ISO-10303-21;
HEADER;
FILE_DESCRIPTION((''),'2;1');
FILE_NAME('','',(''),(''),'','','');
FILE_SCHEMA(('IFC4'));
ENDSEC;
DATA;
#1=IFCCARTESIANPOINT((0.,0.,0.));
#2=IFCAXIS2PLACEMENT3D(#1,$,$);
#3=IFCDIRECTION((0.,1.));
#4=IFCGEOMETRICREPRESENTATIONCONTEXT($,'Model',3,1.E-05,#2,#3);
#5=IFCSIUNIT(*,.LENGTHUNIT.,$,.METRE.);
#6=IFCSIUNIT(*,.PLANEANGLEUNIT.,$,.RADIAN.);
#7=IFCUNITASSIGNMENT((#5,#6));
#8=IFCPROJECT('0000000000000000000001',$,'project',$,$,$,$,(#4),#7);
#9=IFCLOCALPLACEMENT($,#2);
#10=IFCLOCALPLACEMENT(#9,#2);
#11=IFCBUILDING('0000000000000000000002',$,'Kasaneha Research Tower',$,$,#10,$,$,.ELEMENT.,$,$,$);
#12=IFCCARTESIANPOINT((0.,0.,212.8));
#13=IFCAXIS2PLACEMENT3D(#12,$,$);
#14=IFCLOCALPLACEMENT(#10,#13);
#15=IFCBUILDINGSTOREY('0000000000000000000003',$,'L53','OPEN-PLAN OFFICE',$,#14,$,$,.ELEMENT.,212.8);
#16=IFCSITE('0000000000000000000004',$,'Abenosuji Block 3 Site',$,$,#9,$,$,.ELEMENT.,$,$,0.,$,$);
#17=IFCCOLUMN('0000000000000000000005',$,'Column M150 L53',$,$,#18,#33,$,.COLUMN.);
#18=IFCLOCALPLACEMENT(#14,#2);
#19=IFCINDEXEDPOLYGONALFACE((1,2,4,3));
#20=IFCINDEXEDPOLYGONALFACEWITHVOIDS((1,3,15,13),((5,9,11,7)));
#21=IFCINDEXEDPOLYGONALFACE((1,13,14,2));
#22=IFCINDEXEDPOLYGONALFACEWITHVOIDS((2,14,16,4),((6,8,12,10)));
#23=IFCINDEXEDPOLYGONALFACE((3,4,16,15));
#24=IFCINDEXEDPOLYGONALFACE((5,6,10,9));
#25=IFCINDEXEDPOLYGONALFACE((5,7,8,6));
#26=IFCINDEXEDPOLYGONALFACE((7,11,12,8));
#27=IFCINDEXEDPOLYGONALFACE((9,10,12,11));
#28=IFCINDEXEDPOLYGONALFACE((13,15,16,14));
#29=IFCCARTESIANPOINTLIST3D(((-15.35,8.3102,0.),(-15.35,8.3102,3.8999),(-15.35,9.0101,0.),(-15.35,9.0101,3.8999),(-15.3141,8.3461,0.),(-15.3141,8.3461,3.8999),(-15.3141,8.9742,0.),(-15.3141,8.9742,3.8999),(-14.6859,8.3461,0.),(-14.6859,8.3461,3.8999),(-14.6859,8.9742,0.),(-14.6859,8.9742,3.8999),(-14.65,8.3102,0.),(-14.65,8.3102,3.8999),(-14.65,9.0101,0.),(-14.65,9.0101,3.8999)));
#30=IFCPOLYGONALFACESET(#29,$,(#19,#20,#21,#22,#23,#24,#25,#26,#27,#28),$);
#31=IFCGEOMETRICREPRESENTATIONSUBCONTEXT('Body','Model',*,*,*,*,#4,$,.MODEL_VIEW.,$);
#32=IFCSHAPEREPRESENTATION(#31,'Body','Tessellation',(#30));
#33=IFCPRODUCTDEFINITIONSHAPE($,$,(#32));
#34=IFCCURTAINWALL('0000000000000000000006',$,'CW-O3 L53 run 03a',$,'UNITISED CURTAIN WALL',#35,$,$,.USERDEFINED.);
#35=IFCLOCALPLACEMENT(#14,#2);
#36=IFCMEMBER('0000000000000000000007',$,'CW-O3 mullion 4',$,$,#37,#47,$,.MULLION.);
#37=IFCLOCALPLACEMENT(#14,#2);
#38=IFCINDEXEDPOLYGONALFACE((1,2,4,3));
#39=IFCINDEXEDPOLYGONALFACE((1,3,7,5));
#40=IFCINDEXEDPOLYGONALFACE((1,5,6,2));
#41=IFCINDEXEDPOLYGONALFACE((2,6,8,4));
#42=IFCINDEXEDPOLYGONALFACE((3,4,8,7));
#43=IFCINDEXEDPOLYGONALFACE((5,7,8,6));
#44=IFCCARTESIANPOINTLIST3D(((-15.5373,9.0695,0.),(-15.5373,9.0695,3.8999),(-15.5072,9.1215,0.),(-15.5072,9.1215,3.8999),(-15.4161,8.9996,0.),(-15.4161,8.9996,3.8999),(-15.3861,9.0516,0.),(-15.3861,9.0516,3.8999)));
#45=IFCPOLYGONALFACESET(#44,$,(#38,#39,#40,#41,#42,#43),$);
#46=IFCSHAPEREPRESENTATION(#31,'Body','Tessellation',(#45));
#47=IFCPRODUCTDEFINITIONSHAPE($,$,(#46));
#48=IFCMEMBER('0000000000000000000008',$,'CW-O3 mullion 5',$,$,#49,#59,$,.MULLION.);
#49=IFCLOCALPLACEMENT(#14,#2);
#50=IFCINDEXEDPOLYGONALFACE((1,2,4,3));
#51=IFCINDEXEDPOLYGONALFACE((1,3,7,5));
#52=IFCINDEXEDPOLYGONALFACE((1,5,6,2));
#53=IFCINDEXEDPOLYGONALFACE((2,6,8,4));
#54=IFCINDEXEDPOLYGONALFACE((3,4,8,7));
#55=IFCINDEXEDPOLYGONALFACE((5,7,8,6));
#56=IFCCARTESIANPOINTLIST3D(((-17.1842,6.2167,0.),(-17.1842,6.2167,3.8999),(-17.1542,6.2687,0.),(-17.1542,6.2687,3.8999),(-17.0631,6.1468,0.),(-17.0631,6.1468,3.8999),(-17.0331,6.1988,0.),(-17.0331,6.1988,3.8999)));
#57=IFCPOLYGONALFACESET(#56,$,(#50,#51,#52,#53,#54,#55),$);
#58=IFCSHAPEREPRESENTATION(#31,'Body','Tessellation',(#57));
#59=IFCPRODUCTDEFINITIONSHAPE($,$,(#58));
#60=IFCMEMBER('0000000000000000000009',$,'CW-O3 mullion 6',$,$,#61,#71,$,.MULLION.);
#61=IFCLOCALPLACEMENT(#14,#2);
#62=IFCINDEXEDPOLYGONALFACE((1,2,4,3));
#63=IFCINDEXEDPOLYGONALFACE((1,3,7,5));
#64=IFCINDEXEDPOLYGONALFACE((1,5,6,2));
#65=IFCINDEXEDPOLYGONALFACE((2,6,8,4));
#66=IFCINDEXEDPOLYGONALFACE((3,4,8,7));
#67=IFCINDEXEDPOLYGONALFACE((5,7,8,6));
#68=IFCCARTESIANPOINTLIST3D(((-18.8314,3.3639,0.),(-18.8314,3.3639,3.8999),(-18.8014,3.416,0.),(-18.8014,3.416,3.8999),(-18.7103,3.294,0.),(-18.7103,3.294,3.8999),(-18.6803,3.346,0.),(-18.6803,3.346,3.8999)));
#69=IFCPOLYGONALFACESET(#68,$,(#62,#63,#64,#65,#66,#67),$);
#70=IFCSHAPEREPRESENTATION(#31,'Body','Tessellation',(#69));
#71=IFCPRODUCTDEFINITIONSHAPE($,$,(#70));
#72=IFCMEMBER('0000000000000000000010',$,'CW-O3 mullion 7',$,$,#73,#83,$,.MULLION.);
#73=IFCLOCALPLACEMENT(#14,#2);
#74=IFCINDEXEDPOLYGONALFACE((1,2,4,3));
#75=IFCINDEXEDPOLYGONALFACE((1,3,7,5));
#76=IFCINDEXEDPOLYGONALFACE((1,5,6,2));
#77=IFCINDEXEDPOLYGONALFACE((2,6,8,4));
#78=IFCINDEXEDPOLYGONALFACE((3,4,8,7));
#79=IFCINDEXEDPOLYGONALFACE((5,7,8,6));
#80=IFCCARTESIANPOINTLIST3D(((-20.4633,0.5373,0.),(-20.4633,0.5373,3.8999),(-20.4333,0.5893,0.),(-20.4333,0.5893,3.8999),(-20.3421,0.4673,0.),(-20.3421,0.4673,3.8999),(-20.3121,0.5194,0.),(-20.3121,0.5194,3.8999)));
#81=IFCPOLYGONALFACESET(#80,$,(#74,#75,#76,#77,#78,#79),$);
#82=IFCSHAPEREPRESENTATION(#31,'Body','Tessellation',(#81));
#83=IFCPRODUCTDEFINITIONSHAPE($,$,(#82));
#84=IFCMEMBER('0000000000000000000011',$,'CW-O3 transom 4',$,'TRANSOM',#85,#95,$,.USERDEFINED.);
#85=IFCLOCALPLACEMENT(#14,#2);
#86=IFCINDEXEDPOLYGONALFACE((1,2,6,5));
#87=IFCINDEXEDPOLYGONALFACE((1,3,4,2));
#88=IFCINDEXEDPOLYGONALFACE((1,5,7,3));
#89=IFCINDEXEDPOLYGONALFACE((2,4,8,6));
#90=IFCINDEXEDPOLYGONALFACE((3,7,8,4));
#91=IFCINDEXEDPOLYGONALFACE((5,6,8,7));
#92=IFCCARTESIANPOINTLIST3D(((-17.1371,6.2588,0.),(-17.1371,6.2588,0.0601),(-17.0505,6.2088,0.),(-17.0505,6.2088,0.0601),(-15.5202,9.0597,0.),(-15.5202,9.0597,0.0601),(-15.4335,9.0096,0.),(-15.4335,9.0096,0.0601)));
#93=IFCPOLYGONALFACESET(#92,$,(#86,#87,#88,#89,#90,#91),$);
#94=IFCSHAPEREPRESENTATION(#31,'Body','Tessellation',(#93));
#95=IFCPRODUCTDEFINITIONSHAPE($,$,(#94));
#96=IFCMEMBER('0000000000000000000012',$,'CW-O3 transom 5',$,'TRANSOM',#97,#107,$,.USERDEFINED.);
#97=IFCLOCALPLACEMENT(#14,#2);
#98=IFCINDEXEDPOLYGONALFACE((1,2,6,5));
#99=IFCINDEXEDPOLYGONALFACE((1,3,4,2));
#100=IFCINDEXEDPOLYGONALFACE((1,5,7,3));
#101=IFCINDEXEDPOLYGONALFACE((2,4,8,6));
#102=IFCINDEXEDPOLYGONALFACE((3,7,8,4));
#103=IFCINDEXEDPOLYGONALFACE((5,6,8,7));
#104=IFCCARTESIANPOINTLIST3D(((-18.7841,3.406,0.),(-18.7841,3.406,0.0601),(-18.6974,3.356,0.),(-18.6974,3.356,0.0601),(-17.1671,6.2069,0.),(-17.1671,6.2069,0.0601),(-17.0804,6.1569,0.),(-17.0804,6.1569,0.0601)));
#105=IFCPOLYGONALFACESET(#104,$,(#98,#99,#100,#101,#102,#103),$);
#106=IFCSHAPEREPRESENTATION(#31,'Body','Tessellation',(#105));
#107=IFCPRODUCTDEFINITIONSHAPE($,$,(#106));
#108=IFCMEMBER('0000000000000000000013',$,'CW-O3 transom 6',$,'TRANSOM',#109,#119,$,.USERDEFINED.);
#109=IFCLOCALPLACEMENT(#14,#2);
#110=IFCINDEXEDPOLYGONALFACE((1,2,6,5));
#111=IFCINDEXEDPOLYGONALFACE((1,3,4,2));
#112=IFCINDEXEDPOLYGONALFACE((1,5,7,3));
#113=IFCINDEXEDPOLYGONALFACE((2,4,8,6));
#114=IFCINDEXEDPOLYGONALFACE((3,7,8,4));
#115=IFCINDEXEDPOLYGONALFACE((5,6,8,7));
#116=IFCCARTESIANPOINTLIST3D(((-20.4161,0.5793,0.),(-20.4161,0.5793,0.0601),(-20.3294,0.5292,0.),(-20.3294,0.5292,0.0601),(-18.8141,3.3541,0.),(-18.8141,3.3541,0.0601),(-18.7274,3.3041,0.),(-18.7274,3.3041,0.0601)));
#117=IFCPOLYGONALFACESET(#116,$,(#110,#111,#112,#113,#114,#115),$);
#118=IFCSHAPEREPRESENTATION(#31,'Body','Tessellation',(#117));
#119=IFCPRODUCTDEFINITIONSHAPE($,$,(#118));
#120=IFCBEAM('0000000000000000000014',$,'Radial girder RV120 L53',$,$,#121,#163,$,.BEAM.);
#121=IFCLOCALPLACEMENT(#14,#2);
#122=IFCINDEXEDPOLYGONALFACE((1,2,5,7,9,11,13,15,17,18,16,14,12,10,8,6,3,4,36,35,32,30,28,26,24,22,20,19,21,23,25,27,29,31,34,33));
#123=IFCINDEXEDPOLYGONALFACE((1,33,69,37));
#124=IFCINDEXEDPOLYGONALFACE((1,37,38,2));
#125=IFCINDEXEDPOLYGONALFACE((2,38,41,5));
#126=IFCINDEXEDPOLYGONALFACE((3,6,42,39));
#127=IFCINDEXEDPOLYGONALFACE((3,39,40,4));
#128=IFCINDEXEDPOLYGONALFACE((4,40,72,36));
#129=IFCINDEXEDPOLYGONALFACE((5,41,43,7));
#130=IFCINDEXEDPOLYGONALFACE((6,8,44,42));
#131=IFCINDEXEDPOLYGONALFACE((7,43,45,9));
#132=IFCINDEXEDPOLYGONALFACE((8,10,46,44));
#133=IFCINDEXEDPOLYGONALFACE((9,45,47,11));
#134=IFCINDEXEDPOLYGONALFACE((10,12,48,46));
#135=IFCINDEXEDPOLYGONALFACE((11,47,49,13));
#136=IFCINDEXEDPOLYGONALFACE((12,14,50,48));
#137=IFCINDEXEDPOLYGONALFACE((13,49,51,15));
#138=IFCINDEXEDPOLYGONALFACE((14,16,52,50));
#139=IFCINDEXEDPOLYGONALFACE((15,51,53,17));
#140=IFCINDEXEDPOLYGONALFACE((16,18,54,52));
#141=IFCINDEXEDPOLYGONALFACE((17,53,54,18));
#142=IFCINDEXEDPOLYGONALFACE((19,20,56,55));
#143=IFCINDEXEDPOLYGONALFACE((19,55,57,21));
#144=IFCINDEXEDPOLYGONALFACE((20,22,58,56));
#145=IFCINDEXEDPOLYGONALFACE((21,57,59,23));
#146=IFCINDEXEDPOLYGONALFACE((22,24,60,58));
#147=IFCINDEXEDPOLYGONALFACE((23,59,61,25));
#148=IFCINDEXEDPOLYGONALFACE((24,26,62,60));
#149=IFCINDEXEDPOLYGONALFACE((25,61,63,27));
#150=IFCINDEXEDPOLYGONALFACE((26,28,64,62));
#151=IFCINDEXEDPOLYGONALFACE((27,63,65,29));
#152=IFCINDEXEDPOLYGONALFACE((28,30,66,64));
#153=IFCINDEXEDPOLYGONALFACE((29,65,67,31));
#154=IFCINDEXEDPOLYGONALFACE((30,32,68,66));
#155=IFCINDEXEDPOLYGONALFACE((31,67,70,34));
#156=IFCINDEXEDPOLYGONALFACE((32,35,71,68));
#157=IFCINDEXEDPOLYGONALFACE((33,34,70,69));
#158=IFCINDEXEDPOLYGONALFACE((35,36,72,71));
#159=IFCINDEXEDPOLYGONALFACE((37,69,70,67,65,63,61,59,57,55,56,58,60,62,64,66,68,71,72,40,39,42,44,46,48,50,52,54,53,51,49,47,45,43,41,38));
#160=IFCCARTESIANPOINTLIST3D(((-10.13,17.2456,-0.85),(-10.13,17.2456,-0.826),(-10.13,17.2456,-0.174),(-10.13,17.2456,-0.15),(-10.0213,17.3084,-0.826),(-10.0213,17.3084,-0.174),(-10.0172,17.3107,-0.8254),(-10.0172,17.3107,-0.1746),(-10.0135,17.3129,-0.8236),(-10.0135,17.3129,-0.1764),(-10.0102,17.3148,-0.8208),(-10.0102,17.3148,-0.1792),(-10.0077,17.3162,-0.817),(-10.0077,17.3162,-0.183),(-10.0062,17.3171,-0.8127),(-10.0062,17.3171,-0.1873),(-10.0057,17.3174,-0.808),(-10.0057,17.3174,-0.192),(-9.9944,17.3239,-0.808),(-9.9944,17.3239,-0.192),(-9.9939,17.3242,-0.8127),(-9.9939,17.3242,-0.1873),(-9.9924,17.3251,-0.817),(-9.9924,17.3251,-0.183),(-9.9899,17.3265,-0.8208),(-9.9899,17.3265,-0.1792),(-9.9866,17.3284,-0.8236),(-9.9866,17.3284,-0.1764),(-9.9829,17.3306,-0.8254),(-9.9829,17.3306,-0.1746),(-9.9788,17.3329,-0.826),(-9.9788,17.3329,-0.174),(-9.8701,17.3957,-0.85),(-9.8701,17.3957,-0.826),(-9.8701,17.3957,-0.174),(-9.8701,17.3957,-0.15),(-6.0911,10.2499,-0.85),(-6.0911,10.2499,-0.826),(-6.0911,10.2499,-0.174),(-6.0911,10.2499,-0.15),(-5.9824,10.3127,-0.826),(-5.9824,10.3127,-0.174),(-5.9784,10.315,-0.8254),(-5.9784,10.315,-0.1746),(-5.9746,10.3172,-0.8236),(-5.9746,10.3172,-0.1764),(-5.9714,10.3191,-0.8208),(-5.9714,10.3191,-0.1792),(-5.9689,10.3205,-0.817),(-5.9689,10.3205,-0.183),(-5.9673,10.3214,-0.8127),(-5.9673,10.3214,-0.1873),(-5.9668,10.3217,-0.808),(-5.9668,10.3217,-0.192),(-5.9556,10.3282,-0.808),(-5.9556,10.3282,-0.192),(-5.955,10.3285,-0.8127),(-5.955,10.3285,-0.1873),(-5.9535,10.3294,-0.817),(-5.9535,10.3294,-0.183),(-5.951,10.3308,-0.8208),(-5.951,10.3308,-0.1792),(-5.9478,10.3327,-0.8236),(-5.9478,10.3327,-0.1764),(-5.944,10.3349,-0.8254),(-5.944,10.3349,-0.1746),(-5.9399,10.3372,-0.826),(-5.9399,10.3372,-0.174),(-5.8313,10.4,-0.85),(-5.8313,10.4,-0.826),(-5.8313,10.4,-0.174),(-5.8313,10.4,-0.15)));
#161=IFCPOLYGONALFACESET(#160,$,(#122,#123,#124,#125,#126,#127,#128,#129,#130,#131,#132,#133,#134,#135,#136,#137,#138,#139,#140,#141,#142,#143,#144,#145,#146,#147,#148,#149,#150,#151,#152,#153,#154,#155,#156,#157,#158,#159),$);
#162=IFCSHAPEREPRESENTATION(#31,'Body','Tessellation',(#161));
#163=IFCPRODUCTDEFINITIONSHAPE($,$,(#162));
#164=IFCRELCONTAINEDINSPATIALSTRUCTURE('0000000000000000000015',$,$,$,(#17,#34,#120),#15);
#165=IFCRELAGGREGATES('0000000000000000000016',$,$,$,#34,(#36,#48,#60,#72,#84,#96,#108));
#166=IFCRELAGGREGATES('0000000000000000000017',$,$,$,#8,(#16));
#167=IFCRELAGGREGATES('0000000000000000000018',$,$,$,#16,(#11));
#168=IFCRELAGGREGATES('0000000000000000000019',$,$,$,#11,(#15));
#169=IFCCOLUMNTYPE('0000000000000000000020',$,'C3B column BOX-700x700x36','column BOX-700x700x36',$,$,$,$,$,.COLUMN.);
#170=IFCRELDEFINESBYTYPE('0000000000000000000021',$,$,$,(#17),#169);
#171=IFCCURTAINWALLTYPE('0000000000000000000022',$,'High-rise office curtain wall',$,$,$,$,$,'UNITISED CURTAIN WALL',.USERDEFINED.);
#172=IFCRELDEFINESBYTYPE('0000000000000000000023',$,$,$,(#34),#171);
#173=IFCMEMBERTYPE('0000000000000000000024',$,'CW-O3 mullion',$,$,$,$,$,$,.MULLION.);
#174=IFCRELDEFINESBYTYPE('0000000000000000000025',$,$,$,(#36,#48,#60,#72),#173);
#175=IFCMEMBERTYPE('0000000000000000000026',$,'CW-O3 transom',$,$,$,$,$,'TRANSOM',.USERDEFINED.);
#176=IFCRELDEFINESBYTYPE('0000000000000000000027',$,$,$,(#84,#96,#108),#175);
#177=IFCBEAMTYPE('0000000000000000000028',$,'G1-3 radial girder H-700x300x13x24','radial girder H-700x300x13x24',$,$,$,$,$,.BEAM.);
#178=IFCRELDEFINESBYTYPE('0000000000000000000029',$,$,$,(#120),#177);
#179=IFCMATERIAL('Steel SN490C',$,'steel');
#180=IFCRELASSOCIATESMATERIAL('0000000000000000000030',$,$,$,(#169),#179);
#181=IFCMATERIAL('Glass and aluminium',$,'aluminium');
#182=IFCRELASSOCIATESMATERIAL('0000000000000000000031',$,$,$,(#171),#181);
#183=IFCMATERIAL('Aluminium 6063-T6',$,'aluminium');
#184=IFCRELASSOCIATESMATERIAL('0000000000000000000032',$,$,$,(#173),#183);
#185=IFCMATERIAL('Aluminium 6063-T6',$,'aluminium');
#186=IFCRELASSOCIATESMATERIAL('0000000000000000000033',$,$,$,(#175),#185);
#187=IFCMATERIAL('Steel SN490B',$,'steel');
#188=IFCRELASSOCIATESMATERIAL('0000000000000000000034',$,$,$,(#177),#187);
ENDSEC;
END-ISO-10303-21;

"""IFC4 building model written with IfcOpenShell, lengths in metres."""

from ifc_helpers import new_model, si_unit, direction, frame, origin, origin_2d, place, context, subcontext, project, spatial, rectangle, hollow_rectangle, i_section, extrude, material, material_profile, profile_set, type_object, element, aggregate, save


model = new_model("IFC4")

# Units and contexts
model_context = context("Model", 3, precision=1e-05, world=origin(), true_north=direction((0.0, 1.0)))
body_context = subcontext(model_context, "Body", "Model", "MODEL_VIEW")
ifc_project = project(units=[si_unit("LENGTHUNIT", "METRE"), si_unit("PLANEANGLEUNIT", "RADIAN")], contexts=[model_context])

# Site, building, storey
site_placement = place(None, origin())
site = spatial("IfcSite", under=ifc_project, at=site_placement, Name="Abenosuji Block 3 Site", CompositionType="ELEMENT", RefElevation=0.0)
building_placement = place(site_placement, origin())
building = spatial("IfcBuilding", under=site, at=building_placement, Name="Kasaneha Research Tower", CompositionType="ELEMENT")
storey_placement = place(building_placement, frame((0.0, 0.0, 212.8)))
storey = spatial("IfcBuildingStorey", under=building, at=storey_placement, Name="L53", Description="OPEN-PLAN OFFICE", CompositionType="ELEMENT", Elevation=212.8)

# Column
ifc_material_1 = material(Name="Steel SN490C", Category="steel")
ifc_material_profile_1 = material_profile(ifc_material_1, hollow_rectangle(XDim=0.7, YDim=0.7, WallThickness=0.0359, at=origin_2d()), Name="BOX-700x700x36")
ifc_profile_set_1 = profile_set([ifc_material_profile_1], Name="Steel SN490C")
column_type = type_object("IfcColumnType", Name="C3B column BOX-700x700x36", Description="column BOX-700x700x36", PredefinedType="COLUMN", material=ifc_profile_set_1)
column_placement = place(storey_placement, frame((-15.0, 8.6602, 0.0), z_axis=(0.0, 0.0, 1.0), x_axis=(1.0, 0.0, 0.0)))
element("IfcColumn", 1, at=column_placement, inside=storey, type_object=column_type, Name="Column M150 L53", PredefinedType="COLUMN", context=body_context, shape_type="SweptSolid", body=[
    extrude(hollow_rectangle(XDim=0.7, YDim=0.7, WallThickness=0.0359, at=origin_2d()), origin(), (0.0, 0.0, 1.0), 3.8999),
])

# Curtain wall, members
ifc_material_2 = material(Name="Glass and aluminium", Category="aluminium")
curtain_wall_type = type_object("IfcCurtainWallType", Name="High-rise office curtain wall", ElementType="UNITISED CURTAIN WALL", PredefinedType="USERDEFINED", material=ifc_material_2)
curtain_wall_placement = place(storey_placement, origin())
curtain_wall = element("IfcCurtainWall", 2, at=curtain_wall_placement, inside=storey, type_object=curtain_wall_type, Name="CW-O3 L53 run 03a", ObjectType="UNITISED CURTAIN WALL", PredefinedType="USERDEFINED")
ifc_material_3 = material(Name="Aluminium 6063-T6", Category="aluminium")
ifc_material_profile_2 = material_profile(ifc_material_3, rectangle(XDim=0.0601, YDim=0.1399, at=origin_2d()), Name="CW-O3 mullion 60x140")
ifc_profile_set_2 = profile_set([ifc_material_profile_2], Name="Aluminium 6063-T6")
member_type_1 = type_object("IfcMemberType", Name="CW-O3 mullion", PredefinedType="MULLION", material=ifc_profile_set_2)
member_1_placement = place(storey_placement, frame((-15.4617, 9.0605, 0.0), z_axis=(0.0, 0.0, 1.0), x_axis=(-0.5, -0.866025, 0.0)))
member_1 = element("IfcMember", 3, at=member_1_placement, type_object=member_type_1, Name="CW-O3 mullion 4", PredefinedType="MULLION", context=body_context, shape_type="SweptSolid", body=[
    extrude(rectangle(XDim=0.0601, YDim=0.1399, at=origin_2d()), origin(), (0.0, 0.0, 1.0), 3.8999),
])
member_2_placement = place(storey_placement, frame((-17.1086, 6.2078, 0.0), z_axis=(0.0, 0.0, 1.0), x_axis=(-0.5, -0.866025, 0.0)))
member_2 = element("IfcMember", 4, at=member_2_placement, type_object=member_type_1, Name="CW-O3 mullion 5", PredefinedType="MULLION", context=body_context, shape_type="SweptSolid", body=[
    extrude(rectangle(XDim=0.0601, YDim=0.1399, at=origin_2d()), origin(), (0.0, 0.0, 1.0), 3.8999),
])
member_3_placement = place(storey_placement, frame((-18.7559, 3.355, 0.0), z_axis=(0.0, 0.0, 1.0), x_axis=(-0.5, -0.866025, 0.0)))
member_3 = element("IfcMember", 5, at=member_3_placement, type_object=member_type_1, Name="CW-O3 mullion 6", PredefinedType="MULLION", context=body_context, shape_type="SweptSolid", body=[
    extrude(rectangle(XDim=0.0601, YDim=0.1399, at=origin_2d()), origin(), (0.0, 0.0, 1.0), 3.8999),
])
member_4_placement = place(storey_placement, frame((-20.3877, 0.5283, 0.0), z_axis=(0.0, 0.0, 1.0), x_axis=(-0.5, -0.866025, 0.0)))
member_4 = element("IfcMember", 6, at=member_4_placement, type_object=member_type_1, Name="CW-O3 mullion 7", PredefinedType="MULLION", context=body_context, shape_type="SweptSolid", body=[
    extrude(rectangle(XDim=0.0601, YDim=0.1399, at=origin_2d()), origin(), (0.0, 0.0, 1.0), 3.8999),
])
ifc_material_4 = material(Name="Aluminium 6063-T6", Category="aluminium")
ifc_material_profile_3 = material_profile(ifc_material_4, rectangle(XDim=0.1001, YDim=0.0601, at=origin_2d()), Name="CW-O3 transom 100x60")
ifc_profile_set_3 = profile_set([ifc_material_profile_3], Name="Aluminium 6063-T6")
member_type_2 = type_object("IfcMemberType", Name="CW-O3 transom", ElementType="TRANSOM", PredefinedType="USERDEFINED", material=ifc_profile_set_3)
member_5_placement = place(storey_placement, frame((-15.4768, 9.0347, 0.03), z_axis=(-0.499979, -0.866037, 0.0), x_axis=(0.866037, -0.499979, 0.0)))
member_5 = element("IfcMember", 7, at=member_5_placement, type_object=member_type_2, Name="CW-O3 transom 4", ObjectType="TRANSOM", PredefinedType="USERDEFINED", context=body_context, shape_type="SweptSolid", body=[
    extrude(rectangle(XDim=0.1001, YDim=0.0601, at=origin_2d()), origin(), (0.0, 0.0, 1.0), 3.2341),
])
member_6_placement = place(storey_placement, frame((-17.1238, 6.1819, 0.03), z_axis=(-0.499979, -0.866037, 0.0), x_axis=(0.866037, -0.499979, 0.0)))
member_6 = element("IfcMember", 8, at=member_6_placement, type_object=member_type_2, Name="CW-O3 transom 5", ObjectType="TRANSOM", PredefinedType="USERDEFINED", context=body_context, shape_type="SweptSolid", body=[
    extrude(rectangle(XDim=0.1001, YDim=0.0601, at=origin_2d()), origin(), (0.0, 0.0, 1.0), 3.2341),
])
member_7_placement = place(storey_placement, frame((-18.7708, 3.3291, 0.03), z_axis=(-0.499991, -0.866031, 0.0), x_axis=(0.866031, -0.499991, 0.0)))
member_7 = element("IfcMember", 9, at=member_7_placement, type_object=member_type_2, Name="CW-O3 transom 6", ObjectType="TRANSOM", PredefinedType="USERDEFINED", context=body_context, shape_type="SweptSolid", body=[
    extrude(rectangle(XDim=0.1001, YDim=0.0601, at=origin_2d()), origin(), (0.0, 0.0, 1.0), 3.2041),
])

# Beam
ifc_material_5 = material(Name="Steel SN490B", Category="steel")
ifc_material_profile_4 = material_profile(ifc_material_5, i_section(OverallWidth=0.3, OverallDepth=0.7, WebThickness=0.0129, FlangeThickness=0.0239, FilletRadius=0.0181, at=origin_2d()), Name="H-700x300x13x24")
ifc_profile_set_4 = profile_set([ifc_material_profile_4], Name="Steel SN490B")
beam_type_1 = type_object("IfcBeamType", Name="G1-3 radial girder H-700x300x13x24", Description="radial girder H-700x300x13x24", PredefinedType="BEAM", material=ifc_profile_set_4)
beam_1_placement = place(storey_placement, frame((-5.9612, 10.325, -0.5), z_axis=(-0.499991, 0.866031, 0.0), x_axis=(-0.866031, -0.499991, 0.0)))
element("IfcBeam", 10, at=beam_1_placement, inside=storey, type_object=beam_type_1, Name="Radial girder RV120 L53", PredefinedType="BEAM", context=body_context, shape_type="SweptSolid", body=[
    extrude(i_section(OverallWidth=0.3, OverallDepth=0.7, WebThickness=0.0129, FlangeThickness=0.0239, FilletRadius=0.0181, at=origin_2d()), origin(), (0.0, 0.0, 1.0), 8.0779),
])

aggregate(curtain_wall, [member_1, member_2, member_3, member_4, member_5, member_6, member_7])

save(model, "model.ifc")
